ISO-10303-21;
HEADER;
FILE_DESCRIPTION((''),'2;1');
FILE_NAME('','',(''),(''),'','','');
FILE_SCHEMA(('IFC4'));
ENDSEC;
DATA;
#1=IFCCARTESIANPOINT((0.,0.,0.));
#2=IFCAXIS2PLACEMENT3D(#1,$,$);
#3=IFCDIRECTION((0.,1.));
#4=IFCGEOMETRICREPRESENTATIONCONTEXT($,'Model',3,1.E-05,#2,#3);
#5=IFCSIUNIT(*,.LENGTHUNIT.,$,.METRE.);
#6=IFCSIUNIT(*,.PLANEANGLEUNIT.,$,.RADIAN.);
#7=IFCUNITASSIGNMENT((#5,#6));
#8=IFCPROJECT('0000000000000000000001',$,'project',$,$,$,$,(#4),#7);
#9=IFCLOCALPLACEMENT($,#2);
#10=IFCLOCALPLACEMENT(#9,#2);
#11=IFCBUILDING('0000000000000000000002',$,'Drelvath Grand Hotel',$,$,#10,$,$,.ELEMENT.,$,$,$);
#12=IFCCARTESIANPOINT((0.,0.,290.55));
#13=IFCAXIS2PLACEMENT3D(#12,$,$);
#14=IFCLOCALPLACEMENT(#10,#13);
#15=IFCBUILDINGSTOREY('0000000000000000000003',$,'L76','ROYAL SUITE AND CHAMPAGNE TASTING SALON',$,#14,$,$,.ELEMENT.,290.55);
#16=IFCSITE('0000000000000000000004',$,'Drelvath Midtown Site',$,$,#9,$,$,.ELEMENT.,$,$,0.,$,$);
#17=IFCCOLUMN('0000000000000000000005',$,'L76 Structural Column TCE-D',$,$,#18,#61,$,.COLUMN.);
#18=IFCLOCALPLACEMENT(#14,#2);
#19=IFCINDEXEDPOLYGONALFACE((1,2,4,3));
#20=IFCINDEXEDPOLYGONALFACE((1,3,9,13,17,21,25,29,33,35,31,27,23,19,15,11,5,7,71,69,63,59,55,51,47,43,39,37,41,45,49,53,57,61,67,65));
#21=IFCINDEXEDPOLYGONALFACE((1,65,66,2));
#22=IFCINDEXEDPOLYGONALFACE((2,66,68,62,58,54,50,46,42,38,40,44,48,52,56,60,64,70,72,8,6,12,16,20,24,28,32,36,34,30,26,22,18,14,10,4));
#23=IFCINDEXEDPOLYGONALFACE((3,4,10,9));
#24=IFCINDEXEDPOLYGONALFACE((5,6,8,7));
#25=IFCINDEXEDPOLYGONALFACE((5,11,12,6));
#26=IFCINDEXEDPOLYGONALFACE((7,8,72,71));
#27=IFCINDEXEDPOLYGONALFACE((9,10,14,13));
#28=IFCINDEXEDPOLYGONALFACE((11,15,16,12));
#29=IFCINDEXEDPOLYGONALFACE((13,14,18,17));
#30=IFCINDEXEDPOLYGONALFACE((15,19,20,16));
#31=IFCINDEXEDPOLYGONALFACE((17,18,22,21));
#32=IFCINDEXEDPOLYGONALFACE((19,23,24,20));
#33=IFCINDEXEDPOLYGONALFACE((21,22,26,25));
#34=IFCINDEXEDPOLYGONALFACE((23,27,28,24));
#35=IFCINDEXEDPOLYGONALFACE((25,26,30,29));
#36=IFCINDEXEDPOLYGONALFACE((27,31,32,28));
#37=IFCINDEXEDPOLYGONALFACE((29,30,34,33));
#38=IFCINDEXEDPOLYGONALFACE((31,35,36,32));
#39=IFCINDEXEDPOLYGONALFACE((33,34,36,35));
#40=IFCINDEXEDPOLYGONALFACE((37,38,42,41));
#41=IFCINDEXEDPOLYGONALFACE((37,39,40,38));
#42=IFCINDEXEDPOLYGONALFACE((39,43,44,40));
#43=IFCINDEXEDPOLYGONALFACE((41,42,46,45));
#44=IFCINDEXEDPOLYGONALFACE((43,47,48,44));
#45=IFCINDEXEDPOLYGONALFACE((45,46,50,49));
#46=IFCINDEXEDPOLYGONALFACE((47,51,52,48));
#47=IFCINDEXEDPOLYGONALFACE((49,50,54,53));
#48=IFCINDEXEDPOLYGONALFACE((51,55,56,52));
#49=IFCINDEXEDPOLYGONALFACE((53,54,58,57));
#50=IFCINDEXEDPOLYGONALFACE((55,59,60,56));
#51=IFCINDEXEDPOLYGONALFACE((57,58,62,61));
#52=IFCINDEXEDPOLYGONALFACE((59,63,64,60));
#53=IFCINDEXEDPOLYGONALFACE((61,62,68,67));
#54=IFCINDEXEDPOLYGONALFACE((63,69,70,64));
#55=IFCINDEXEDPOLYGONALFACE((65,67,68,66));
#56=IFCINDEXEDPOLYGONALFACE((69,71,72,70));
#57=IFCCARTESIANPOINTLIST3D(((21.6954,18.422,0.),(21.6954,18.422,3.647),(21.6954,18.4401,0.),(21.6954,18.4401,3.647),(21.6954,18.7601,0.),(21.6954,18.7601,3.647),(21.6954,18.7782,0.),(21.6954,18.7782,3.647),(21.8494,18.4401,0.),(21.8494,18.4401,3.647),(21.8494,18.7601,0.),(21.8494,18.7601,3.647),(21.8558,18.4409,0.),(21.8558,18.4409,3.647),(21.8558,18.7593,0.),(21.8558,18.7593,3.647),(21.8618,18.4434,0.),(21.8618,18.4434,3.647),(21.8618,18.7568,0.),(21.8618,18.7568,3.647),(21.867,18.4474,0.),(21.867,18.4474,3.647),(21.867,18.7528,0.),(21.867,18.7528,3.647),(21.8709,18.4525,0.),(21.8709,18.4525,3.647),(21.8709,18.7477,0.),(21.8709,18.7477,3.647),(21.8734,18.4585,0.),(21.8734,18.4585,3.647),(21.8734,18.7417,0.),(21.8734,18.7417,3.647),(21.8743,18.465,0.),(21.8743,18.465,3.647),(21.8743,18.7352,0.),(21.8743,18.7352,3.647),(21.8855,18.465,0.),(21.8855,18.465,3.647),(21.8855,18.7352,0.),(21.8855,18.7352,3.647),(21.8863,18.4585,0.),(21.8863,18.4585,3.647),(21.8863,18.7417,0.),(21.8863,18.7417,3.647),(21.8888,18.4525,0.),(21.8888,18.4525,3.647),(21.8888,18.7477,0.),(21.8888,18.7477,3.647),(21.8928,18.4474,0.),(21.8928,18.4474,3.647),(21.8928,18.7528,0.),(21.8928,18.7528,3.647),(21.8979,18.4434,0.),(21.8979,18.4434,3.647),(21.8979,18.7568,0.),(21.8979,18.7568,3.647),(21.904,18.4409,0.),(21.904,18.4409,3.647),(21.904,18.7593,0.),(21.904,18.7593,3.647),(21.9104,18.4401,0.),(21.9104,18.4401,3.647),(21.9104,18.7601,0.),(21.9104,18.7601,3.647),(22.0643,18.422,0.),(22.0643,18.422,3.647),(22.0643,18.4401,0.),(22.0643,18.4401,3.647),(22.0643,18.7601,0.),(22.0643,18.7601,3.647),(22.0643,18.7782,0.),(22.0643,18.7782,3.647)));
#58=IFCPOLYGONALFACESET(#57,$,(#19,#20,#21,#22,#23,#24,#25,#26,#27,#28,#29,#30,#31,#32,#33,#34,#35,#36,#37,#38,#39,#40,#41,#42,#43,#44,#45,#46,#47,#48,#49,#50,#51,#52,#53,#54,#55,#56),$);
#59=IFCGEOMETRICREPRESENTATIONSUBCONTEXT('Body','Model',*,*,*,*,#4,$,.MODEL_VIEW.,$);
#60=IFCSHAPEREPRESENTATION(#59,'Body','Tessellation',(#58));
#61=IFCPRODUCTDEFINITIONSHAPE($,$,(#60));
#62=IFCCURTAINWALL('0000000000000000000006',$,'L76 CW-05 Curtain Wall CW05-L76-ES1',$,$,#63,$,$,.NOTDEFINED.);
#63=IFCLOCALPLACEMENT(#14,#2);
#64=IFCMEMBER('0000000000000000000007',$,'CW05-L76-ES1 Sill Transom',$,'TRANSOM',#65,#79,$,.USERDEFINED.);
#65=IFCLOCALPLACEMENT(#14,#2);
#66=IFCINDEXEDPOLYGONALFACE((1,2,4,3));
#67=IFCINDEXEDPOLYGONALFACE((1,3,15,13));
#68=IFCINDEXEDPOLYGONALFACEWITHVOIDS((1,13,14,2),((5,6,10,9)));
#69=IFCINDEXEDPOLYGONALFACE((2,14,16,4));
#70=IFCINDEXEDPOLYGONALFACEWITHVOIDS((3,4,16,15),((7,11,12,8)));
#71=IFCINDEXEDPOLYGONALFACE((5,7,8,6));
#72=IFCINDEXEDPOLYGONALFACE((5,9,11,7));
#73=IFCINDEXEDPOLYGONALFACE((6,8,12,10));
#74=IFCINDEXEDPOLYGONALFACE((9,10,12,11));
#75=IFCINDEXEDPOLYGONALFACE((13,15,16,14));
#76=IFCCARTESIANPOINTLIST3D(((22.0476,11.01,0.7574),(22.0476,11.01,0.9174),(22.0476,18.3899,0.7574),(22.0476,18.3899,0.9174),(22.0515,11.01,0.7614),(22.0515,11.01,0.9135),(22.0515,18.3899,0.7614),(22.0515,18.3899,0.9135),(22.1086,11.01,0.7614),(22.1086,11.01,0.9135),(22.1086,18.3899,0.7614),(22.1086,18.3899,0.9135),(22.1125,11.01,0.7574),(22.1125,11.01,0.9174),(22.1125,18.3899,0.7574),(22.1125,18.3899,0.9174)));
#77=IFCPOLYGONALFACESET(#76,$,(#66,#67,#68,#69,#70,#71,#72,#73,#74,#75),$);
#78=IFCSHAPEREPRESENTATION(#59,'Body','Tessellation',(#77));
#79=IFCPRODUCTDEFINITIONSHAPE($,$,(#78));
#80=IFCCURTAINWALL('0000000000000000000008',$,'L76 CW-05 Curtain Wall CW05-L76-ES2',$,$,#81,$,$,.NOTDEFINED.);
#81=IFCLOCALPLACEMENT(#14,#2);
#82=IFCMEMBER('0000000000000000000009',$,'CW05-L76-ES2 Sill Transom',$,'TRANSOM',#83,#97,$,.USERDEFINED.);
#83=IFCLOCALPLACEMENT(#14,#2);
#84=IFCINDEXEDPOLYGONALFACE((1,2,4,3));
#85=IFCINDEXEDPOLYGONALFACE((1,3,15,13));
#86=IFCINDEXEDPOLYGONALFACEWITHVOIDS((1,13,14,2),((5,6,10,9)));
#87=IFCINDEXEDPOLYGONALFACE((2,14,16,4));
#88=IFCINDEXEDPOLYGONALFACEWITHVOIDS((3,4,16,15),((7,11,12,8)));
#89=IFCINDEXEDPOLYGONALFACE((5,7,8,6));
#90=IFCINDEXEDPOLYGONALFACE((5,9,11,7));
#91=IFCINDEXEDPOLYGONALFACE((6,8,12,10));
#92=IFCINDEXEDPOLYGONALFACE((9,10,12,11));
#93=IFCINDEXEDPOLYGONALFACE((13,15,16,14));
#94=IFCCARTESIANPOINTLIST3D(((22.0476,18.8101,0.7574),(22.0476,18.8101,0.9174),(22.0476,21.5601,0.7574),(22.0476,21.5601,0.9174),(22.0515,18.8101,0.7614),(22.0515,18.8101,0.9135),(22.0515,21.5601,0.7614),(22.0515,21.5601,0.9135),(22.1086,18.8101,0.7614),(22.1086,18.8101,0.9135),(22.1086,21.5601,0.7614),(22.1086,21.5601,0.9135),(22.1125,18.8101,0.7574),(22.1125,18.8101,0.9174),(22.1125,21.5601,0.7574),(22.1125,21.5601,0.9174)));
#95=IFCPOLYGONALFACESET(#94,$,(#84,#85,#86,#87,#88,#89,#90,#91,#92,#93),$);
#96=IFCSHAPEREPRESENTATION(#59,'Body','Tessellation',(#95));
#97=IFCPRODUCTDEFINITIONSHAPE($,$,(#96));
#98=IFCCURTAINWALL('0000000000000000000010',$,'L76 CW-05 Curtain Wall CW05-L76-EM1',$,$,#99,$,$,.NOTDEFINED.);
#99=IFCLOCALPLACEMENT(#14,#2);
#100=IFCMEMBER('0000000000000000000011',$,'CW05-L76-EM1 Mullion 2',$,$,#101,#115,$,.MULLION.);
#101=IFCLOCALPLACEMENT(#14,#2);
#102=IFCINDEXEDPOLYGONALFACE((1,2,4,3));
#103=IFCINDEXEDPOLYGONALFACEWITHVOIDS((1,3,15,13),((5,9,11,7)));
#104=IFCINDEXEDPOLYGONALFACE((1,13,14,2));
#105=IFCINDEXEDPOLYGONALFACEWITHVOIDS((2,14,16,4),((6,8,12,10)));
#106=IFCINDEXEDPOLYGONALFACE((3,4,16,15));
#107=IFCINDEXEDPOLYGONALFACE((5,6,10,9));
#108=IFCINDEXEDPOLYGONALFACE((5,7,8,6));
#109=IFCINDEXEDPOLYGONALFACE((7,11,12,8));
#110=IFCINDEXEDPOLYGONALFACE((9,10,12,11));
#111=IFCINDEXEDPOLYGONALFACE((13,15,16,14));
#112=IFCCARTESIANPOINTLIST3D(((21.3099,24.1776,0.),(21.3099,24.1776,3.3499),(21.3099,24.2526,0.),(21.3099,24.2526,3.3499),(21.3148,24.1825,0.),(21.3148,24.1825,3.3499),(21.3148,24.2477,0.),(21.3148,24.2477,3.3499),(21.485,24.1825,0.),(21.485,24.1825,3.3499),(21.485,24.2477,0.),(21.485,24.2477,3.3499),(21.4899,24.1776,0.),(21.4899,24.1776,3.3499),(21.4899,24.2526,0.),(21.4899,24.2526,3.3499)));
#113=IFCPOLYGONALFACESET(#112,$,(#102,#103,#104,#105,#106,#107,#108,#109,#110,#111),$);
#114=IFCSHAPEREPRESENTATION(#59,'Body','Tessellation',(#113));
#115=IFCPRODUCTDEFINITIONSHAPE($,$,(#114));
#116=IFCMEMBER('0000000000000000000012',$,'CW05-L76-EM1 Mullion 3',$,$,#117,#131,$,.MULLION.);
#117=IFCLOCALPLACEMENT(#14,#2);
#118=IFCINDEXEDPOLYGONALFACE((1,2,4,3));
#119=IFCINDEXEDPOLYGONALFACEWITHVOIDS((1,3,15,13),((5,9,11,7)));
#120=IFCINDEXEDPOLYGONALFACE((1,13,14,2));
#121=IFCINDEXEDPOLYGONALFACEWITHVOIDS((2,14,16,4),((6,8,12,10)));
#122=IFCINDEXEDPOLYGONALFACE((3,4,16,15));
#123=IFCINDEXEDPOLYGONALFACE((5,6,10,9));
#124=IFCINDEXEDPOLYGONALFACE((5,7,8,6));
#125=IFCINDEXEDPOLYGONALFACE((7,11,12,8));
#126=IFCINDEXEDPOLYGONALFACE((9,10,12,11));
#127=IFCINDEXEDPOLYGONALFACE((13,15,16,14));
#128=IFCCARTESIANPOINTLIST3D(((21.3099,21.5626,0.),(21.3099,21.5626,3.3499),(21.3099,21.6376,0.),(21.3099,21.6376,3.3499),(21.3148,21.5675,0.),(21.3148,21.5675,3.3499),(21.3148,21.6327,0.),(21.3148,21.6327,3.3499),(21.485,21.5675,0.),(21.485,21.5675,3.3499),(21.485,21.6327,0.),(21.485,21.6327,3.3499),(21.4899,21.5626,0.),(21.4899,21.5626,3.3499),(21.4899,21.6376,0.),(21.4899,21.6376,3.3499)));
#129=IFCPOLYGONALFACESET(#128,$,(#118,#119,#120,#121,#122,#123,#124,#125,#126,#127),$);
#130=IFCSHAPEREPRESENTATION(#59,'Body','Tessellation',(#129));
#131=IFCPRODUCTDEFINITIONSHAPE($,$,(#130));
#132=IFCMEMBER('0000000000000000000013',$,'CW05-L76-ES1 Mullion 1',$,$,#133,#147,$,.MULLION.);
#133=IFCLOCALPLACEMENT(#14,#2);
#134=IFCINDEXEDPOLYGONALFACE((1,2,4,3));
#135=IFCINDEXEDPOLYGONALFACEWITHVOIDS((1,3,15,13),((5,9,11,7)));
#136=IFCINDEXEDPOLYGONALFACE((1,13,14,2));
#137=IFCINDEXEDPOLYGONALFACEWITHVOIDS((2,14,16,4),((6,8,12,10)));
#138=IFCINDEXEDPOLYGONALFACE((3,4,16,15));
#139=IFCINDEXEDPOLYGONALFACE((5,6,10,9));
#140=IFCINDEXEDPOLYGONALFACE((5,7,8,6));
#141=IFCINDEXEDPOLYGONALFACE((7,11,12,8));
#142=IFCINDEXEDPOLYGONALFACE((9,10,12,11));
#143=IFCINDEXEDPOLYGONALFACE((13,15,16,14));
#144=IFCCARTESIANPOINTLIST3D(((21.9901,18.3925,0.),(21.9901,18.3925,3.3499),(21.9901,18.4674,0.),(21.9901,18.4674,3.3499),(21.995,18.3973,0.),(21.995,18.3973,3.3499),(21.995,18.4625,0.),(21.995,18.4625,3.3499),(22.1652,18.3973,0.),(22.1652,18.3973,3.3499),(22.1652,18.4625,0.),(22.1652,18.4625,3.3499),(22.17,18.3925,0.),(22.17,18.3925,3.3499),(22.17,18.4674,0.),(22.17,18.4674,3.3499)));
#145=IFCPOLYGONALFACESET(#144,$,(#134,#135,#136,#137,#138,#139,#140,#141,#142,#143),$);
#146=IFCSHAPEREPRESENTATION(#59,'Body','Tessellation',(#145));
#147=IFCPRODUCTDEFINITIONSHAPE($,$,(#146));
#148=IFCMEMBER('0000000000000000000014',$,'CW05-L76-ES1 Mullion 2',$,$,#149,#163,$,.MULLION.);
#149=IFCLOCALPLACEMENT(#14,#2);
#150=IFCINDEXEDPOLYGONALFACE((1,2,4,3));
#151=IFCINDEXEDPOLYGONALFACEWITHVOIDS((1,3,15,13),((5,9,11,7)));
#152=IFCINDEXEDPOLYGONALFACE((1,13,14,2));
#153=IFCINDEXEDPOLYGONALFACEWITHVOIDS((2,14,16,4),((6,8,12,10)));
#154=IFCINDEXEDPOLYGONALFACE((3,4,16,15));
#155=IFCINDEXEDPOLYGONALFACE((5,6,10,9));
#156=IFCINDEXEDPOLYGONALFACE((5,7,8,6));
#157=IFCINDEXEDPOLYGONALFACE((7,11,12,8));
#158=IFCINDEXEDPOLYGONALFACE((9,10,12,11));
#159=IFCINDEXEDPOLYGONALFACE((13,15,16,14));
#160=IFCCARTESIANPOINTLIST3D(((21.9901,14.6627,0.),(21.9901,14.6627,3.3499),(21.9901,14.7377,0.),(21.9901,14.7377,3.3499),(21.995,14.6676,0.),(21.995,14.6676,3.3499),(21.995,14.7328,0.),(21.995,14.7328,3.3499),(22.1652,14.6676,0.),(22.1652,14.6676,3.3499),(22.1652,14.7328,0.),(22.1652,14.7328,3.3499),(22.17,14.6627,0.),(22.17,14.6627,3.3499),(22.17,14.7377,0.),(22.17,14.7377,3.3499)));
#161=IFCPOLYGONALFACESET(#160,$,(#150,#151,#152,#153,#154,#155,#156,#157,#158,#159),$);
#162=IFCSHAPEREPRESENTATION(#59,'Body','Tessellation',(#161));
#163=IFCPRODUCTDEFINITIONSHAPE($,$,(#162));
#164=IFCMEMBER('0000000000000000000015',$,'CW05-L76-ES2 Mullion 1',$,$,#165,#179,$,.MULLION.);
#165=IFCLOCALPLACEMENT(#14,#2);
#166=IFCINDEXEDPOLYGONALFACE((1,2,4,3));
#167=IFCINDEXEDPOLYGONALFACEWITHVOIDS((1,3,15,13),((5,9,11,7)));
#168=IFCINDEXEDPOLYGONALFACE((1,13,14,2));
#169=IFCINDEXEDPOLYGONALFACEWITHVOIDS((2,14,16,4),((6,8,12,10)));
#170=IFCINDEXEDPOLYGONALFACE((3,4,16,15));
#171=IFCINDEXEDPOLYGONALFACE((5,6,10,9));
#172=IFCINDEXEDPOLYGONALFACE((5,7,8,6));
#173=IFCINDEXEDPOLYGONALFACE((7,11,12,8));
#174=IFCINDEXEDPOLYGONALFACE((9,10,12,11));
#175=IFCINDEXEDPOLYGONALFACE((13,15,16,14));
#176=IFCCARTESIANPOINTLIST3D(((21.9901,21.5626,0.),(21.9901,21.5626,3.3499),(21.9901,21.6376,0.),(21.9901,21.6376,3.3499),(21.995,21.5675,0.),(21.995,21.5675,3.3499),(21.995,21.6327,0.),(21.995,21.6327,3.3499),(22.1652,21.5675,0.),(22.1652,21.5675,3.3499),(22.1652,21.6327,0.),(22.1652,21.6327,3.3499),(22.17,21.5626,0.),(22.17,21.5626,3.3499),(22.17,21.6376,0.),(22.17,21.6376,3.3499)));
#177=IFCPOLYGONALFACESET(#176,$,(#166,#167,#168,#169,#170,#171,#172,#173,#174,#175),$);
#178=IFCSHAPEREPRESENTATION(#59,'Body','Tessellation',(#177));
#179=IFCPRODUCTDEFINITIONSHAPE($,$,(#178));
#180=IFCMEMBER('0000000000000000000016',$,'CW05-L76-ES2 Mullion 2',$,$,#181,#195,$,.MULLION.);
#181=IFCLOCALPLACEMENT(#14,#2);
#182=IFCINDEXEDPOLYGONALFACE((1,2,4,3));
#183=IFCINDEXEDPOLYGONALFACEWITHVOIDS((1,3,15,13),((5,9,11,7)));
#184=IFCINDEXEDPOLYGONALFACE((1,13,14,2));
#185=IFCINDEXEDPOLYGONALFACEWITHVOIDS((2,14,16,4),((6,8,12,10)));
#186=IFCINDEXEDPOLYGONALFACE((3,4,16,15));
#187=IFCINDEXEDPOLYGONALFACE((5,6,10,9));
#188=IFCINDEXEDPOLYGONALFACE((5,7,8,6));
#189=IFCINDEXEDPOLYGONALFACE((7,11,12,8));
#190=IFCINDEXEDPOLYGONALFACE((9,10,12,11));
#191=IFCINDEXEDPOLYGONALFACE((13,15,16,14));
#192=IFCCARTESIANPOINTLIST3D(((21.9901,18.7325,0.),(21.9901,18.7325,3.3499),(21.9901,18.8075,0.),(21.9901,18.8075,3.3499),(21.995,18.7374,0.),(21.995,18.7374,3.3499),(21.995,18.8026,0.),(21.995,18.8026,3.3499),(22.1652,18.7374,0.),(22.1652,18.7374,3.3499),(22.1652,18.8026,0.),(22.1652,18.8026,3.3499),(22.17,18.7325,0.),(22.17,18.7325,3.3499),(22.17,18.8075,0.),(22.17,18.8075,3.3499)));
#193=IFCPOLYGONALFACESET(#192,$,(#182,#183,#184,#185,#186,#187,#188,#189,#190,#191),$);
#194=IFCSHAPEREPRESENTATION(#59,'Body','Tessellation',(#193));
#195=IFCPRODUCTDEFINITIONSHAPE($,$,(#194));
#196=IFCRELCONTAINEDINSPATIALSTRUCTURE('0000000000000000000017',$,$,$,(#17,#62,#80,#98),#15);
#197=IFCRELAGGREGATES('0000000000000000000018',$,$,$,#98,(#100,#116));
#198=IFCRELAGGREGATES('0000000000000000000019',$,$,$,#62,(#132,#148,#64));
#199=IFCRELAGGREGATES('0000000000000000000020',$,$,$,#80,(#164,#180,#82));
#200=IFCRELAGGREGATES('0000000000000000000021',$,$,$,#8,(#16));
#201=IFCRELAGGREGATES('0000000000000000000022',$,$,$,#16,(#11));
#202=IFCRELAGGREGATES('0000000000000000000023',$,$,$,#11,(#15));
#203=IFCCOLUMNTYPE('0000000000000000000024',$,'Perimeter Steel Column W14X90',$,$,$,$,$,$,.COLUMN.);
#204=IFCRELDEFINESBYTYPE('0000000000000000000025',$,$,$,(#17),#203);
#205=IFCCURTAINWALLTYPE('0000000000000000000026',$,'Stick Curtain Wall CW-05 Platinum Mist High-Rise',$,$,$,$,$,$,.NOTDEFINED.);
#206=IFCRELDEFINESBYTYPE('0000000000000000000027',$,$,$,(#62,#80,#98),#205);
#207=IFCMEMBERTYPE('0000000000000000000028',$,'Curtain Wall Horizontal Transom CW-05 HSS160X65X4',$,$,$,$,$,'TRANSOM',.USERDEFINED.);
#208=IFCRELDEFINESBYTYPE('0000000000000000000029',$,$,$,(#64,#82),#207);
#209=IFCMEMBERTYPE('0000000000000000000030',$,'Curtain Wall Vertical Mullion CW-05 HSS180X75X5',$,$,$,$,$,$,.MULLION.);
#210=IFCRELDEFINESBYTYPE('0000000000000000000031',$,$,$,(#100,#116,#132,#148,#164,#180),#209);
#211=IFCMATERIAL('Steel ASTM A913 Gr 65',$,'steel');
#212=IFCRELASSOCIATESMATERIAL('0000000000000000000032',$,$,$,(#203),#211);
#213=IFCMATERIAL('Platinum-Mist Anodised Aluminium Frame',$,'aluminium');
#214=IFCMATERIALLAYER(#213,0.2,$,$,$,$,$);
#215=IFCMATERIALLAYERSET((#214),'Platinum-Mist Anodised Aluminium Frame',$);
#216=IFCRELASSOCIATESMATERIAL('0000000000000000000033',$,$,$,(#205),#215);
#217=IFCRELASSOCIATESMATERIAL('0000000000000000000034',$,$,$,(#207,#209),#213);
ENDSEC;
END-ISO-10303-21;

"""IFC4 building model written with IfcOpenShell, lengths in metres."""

from ifc_helpers import new_model, si_unit, direction, frame, origin, origin_2d, place, context, subcontext, project, spatial, hollow_rectangle, i_section, extrude, material, layer, layer_set, material_profile, profile_set, type_object, element, aggregate, save


model = new_model("IFC4")

# Units and contexts
model_context = context("Model", 3, precision=1e-05, world=origin(), true_north=direction((0.0, 1.0)))
body_context = subcontext(model_context, "Body", "Model", "MODEL_VIEW")
ifc_project = project(units=[si_unit("LENGTHUNIT", "METRE"), si_unit("PLANEANGLEUNIT", "RADIAN")], contexts=[model_context])

# Site, building, storey
site_placement = place(None, origin())
site = spatial("IfcSite", under=ifc_project, at=site_placement, Name="Drelvath Midtown Site", CompositionType="ELEMENT", RefElevation=0.0)
building_placement = place(site_placement, origin())
building = spatial("IfcBuilding", under=site, at=building_placement, Name="Drelvath Grand Hotel", CompositionType="ELEMENT")
storey_placement = place(building_placement, frame((0.0, 0.0, 290.55)))
storey = spatial("IfcBuildingStorey", under=building, at=storey_placement, Name="L76", Description="ROYAL SUITE AND CHAMPAGNE TASTING SALON", CompositionType="ELEMENT", Elevation=290.55)

# Column
ifc_material_1 = material(Name="Steel ASTM A913 Gr 65", Category="steel")
ifc_material_profile_1 = material_profile(ifc_material_1, i_section(OverallWidth=0.3689, OverallDepth=0.3562, WebThickness=0.0112, FlangeThickness=0.0181, FilletRadius=0.0249, at=origin_2d()), Name="W14X90")
ifc_profile_set_1 = profile_set([ifc_material_profile_1], Name="Steel ASTM A913 Gr 65")
column_type = type_object("IfcColumnType", Name="Perimeter Steel Column W14X90", PredefinedType="COLUMN", material=ifc_profile_set_1)
column_placement = place(storey_placement, frame((21.8799, 18.6001, 0.0), z_axis=(0.0, 0.0, 1.0), x_axis=(1.0, 0.0, 0.0)))
element("IfcColumn", 1, at=column_placement, inside=storey, type_object=column_type, Name="L76 Structural Column TCE-D", PredefinedType="COLUMN", context=body_context, shape_type="SweptSolid", body=[
    extrude(i_section(OverallWidth=0.3689, OverallDepth=0.3562, WebThickness=0.0112, FlangeThickness=0.0181, FilletRadius=0.0249, at=origin_2d()), origin(), (0.0, 0.0, 1.0), 3.647),
])

# Curtain walls, members
ifc_material_2 = material(Name="Platinum-Mist Anodised Aluminium Frame", Category="aluminium")
ifc_layer_1 = layer(ifc_material_2, 0.2)
ifc_layer_set_1 = layer_set([ifc_layer_1], Name="Platinum-Mist Anodised Aluminium Frame")
curtain_wall_type = type_object("IfcCurtainWallType", Name="Stick Curtain Wall CW-05 Platinum Mist High-Rise", PredefinedType="NOTDEFINED", material=ifc_layer_set_1)
curtain_wall_1_placement = place(storey_placement, origin())
curtain_wall_1 = element("IfcCurtainWall", 2, at=curtain_wall_1_placement, inside=storey, type_object=curtain_wall_type, Name="L76 CW-05 Curtain Wall CW05-L76-ES1", PredefinedType="NOTDEFINED")
ifc_material_profile_2 = material_profile(ifc_material_2, hollow_rectangle(XDim=0.0649, YDim=0.1599, WallThickness=0.0039, at=origin_2d()), Name="HSS160X65X4")
ifc_profile_set_2 = profile_set([ifc_material_profile_2], Name="Platinum-Mist Anodised Aluminium Frame")
member_type_1 = type_object("IfcMemberType", Name="Curtain Wall Horizontal Transom CW-05 HSS160X65X4", ElementType="TRANSOM", PredefinedType="USERDEFINED", material=ifc_profile_set_2)
member_1_placement = place(storey_placement, frame((22.0801, 18.3899, 0.8374), z_axis=(0.0, -1.0, 0.0), x_axis=(1.0, 0.0, 0.0)))
member_1 = element("IfcMember", 3, at=member_1_placement, type_object=member_type_1, Name="CW05-L76-ES1 Sill Transom", ObjectType="TRANSOM", PredefinedType="USERDEFINED", context=body_context, shape_type="SweptSolid", body=[
    extrude(hollow_rectangle(XDim=0.0649, YDim=0.1599, WallThickness=0.0039, at=origin_2d()), origin(), (0.0, 0.0, 1.0), 7.3799),
])
curtain_wall_2_placement = place(storey_placement, origin())
curtain_wall_2 = element("IfcCurtainWall", 4, at=curtain_wall_2_placement, inside=storey, type_object=curtain_wall_type, Name="L76 CW-05 Curtain Wall CW05-L76-ES2", PredefinedType="NOTDEFINED")
member_2_placement = place(storey_placement, frame((22.0801, 21.5601, 0.8374), z_axis=(0.0, -1.0, 0.0), x_axis=(1.0, 0.0, 0.0)))
member_2 = element("IfcMember", 5, at=member_2_placement, type_object=member_type_1, Name="CW05-L76-ES2 Sill Transom", ObjectType="TRANSOM", PredefinedType="USERDEFINED", context=body_context, shape_type="SweptSolid", body=[
    extrude(hollow_rectangle(XDim=0.0649, YDim=0.1599, WallThickness=0.0039, at=origin_2d()), origin(), (0.0, 0.0, 1.0), 2.75),
])

# Curtain wall, members
curtain_wall_3_placement = place(storey_placement, origin())
curtain_wall_3 = element("IfcCurtainWall", 6, at=curtain_wall_3_placement, inside=storey, type_object=curtain_wall_type, Name="L76 CW-05 Curtain Wall CW05-L76-EM1", PredefinedType="NOTDEFINED")
ifc_material_profile_3 = material_profile(ifc_material_2, hollow_rectangle(XDim=0.075, YDim=0.1799, WallThickness=0.0049, at=origin_2d()), Name="HSS180X75X5")
ifc_profile_set_3 = profile_set([ifc_material_profile_3], Name="Platinum-Mist Anodised Aluminium Frame")
member_type_2 = type_object("IfcMemberType", Name="Curtain Wall Vertical Mullion CW-05 HSS180X75X5", PredefinedType="MULLION", material=ifc_profile_set_3)
member_3_placement = place(storey_placement, frame((21.3999, 24.2151, 0.0), z_axis=(0.0, 0.0, 1.0), x_axis=(0.0, 1.0, 0.0)))
member_3 = element("IfcMember", 7, at=member_3_placement, type_object=member_type_2, Name="CW05-L76-EM1 Mullion 2", PredefinedType="MULLION", context=body_context, shape_type="SweptSolid", body=[
    extrude(hollow_rectangle(XDim=0.075, YDim=0.1799, WallThickness=0.0049, at=origin_2d()), origin(), (0.0, 0.0, 1.0), 3.3499),
])
member_4_placement = place(storey_placement, frame((21.3999, 21.6001, 0.0), z_axis=(0.0, 0.0, 1.0), x_axis=(0.0, 1.0, 0.0)))
member_4 = element("IfcMember", 8, at=member_4_placement, type_object=member_type_2, Name="CW05-L76-EM1 Mullion 3", PredefinedType="MULLION", context=body_context, shape_type="SweptSolid", body=[
    extrude(hollow_rectangle(XDim=0.075, YDim=0.1799, WallThickness=0.0049, at=origin_2d()), origin(), (0.0, 0.0, 1.0), 3.3499),
])

# Members
member_5_placement = place(storey_placement, frame((22.0801, 18.4299, 0.0), z_axis=(0.0, 0.0, 1.0), x_axis=(0.0, 1.0, 0.0)))
member_5 = element("IfcMember", 9, at=member_5_placement, type_object=member_type_2, Name="CW05-L76-ES1 Mullion 1", PredefinedType="MULLION", context=body_context, shape_type="SweptSolid", body=[
    extrude(hollow_rectangle(XDim=0.075, YDim=0.1799, WallThickness=0.0049, at=origin_2d()), origin(), (0.0, 0.0, 1.0), 3.3499),
])
member_6_placement = place(storey_placement, frame((22.0801, 14.7002, 0.0), z_axis=(0.0, 0.0, 1.0), x_axis=(0.0, 1.0, 0.0)))
member_6 = element("IfcMember", 10, at=member_6_placement, type_object=member_type_2, Name="CW05-L76-ES1 Mullion 2", PredefinedType="MULLION", context=body_context, shape_type="SweptSolid", body=[
    extrude(hollow_rectangle(XDim=0.075, YDim=0.1799, WallThickness=0.0049, at=origin_2d()), origin(), (0.0, 0.0, 1.0), 3.3499),
])
member_7_placement = place(storey_placement, frame((22.0801, 21.6001, 0.0), z_axis=(0.0, 0.0, 1.0), x_axis=(0.0, 1.0, 0.0)))
member_7 = element("IfcMember", 11, at=member_7_placement, type_object=member_type_2, Name="CW05-L76-ES2 Mullion 1", PredefinedType="MULLION", context=body_context, shape_type="SweptSolid", body=[
    extrude(hollow_rectangle(XDim=0.075, YDim=0.1799, WallThickness=0.0049, at=origin_2d()), origin(), (0.0, 0.0, 1.0), 3.3499),
])
member_8_placement = place(storey_placement, frame((22.0801, 18.77, 0.0), z_axis=(0.0, 0.0, 1.0), x_axis=(0.0, 1.0, 0.0)))
member_8 = element("IfcMember", 12, at=member_8_placement, type_object=member_type_2, Name="CW05-L76-ES2 Mullion 2", PredefinedType="MULLION", context=body_context, shape_type="SweptSolid", body=[
    extrude(hollow_rectangle(XDim=0.075, YDim=0.1799, WallThickness=0.0049, at=origin_2d()), origin(), (0.0, 0.0, 1.0), 3.3499),
])

aggregate(curtain_wall_3, [member_3, member_4])
aggregate(curtain_wall_1, [member_5, member_6, member_1])
aggregate(curtain_wall_2, [member_7, member_8, member_2])

save(model, "model.ifc")
